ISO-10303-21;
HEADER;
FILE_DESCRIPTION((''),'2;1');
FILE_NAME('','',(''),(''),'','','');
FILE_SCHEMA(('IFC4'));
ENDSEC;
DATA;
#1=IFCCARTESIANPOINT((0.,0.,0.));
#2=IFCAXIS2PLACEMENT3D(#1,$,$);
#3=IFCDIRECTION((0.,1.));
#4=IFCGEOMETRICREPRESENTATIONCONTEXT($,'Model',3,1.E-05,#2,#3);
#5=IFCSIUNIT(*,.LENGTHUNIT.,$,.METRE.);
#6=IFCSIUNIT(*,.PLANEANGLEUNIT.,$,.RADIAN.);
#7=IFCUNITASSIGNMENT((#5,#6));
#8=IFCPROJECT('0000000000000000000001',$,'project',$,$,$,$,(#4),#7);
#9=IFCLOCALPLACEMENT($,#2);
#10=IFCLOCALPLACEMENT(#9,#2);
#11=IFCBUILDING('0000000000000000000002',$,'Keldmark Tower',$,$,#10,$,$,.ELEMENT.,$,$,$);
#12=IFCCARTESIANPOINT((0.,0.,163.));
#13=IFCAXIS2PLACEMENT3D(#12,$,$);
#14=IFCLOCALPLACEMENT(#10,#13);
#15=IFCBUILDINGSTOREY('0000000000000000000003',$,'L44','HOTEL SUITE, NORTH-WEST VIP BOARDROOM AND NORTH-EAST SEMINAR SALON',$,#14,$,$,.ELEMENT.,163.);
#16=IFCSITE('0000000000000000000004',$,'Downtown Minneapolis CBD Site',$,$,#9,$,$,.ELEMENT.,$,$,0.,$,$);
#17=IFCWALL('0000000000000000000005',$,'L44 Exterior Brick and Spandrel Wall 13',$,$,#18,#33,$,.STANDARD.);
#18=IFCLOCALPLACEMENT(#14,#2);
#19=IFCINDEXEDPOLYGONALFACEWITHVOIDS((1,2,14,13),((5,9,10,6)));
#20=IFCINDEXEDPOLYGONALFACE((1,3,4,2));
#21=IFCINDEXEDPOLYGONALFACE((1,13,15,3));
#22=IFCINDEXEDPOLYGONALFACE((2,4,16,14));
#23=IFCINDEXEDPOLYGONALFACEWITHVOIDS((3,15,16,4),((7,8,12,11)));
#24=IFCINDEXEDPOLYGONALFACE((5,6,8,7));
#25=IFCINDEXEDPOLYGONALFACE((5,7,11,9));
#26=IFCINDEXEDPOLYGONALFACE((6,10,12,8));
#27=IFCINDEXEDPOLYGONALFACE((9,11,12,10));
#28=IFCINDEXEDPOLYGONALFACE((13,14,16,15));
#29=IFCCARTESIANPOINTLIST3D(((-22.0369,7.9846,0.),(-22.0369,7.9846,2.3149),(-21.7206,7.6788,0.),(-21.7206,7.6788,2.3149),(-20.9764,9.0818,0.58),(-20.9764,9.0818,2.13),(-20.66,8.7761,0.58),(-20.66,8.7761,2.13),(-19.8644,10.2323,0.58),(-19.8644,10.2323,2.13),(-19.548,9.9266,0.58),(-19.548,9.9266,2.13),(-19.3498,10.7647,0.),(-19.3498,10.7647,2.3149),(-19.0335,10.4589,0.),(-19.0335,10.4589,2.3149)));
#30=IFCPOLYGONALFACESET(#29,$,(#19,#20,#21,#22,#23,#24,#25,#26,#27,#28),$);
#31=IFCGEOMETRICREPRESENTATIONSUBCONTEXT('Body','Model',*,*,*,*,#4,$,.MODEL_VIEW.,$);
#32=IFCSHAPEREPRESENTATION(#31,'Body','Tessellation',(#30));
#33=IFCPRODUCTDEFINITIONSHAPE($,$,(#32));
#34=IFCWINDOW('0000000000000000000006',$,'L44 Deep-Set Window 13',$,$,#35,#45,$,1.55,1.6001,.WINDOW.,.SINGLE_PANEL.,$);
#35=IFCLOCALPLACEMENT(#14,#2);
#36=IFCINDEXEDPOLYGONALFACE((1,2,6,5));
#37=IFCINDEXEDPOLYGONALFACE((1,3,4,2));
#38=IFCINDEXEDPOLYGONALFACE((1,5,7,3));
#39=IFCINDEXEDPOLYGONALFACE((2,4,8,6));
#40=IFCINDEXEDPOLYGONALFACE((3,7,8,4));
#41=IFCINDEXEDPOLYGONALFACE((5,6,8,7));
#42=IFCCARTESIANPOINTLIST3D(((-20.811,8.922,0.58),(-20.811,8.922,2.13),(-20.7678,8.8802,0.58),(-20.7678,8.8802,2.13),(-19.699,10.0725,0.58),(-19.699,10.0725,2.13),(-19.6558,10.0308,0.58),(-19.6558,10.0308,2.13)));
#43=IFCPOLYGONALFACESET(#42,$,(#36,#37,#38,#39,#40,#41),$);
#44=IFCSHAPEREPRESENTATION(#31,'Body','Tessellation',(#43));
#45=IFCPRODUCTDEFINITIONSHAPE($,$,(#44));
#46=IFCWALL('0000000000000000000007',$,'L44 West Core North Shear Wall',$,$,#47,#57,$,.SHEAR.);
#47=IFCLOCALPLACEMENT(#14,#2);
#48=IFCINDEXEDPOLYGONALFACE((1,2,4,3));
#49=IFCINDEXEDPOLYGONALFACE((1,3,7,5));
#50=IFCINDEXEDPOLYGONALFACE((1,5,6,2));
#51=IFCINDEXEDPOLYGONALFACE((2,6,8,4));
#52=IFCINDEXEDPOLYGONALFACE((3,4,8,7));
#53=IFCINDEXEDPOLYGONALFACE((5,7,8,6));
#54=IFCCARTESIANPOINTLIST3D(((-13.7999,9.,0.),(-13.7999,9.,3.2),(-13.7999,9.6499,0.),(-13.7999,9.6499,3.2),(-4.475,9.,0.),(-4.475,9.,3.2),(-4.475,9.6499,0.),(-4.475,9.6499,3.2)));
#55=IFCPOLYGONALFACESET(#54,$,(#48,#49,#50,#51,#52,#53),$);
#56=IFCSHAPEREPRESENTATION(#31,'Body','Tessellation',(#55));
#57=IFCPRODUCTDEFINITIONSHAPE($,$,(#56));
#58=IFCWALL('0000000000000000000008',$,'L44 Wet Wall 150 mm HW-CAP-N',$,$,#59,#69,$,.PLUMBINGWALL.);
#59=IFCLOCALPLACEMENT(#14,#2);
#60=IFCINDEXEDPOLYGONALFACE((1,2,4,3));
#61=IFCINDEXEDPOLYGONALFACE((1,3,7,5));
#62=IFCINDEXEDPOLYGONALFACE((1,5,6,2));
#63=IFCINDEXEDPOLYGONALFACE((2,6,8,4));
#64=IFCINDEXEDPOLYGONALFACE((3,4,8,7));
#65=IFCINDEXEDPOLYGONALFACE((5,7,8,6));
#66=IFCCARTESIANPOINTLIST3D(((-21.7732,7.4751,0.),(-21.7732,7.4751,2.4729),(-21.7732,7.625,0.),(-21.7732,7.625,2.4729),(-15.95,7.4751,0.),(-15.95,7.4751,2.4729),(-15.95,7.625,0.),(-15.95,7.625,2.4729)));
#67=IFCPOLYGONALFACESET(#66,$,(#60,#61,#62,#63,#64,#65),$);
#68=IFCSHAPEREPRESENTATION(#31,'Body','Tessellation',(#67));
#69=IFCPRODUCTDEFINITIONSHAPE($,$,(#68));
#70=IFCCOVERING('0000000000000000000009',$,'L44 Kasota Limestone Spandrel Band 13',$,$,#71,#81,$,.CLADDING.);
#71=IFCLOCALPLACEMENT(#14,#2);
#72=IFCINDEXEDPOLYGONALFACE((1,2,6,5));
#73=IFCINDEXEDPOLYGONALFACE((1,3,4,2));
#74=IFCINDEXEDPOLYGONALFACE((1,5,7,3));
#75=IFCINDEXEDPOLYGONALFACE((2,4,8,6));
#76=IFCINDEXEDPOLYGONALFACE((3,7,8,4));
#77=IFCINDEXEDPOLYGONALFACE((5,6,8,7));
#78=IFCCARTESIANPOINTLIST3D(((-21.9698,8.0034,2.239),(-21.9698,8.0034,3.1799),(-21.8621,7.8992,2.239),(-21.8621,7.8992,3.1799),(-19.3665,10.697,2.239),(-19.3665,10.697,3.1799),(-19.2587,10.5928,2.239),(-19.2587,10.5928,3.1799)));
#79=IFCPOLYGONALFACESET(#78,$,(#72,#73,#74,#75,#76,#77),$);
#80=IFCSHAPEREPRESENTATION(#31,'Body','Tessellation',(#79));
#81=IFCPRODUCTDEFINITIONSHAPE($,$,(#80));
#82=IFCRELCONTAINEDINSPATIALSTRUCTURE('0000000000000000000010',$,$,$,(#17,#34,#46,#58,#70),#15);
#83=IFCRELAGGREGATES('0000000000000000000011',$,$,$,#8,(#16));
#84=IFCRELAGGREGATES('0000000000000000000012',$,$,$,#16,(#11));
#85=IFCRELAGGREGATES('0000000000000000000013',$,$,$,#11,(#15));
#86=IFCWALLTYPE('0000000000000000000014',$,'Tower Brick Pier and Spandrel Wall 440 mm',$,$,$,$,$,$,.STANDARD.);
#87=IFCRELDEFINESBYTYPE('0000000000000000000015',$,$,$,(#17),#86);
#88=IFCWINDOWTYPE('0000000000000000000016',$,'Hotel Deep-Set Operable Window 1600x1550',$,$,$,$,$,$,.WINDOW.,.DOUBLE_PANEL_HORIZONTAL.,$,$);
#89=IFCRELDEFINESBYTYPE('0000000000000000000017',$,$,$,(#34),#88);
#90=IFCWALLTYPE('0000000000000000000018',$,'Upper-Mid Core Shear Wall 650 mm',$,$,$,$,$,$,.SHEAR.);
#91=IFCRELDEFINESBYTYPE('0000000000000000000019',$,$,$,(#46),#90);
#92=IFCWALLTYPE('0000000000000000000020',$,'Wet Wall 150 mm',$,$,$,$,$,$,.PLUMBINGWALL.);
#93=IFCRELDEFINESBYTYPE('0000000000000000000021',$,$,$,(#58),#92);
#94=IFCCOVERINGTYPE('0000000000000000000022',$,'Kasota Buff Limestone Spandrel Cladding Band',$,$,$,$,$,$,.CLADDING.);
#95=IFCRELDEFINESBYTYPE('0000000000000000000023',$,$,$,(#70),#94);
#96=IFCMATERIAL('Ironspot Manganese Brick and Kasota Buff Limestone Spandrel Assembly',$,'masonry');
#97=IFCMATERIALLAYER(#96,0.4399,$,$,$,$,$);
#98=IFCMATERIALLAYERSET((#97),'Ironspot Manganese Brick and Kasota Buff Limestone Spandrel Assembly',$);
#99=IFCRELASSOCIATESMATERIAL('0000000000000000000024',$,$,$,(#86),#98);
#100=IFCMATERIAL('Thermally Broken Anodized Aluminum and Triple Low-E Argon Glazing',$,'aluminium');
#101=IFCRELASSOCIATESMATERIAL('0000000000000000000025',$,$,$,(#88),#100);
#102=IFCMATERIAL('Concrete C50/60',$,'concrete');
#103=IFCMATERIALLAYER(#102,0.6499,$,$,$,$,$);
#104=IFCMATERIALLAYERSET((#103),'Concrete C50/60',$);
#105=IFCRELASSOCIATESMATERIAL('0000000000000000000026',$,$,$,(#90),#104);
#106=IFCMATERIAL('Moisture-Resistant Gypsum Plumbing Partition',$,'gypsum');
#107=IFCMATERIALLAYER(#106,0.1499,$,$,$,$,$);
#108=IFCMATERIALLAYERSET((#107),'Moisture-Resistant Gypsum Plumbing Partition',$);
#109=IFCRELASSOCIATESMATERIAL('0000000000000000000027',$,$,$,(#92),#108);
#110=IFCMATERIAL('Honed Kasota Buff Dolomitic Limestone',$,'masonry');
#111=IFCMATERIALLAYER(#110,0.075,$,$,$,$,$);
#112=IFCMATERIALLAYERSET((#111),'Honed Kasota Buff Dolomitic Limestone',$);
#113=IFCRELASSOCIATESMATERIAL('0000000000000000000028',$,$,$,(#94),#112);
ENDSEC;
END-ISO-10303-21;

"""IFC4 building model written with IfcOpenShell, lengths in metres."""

from ifc_helpers import new_model, si_unit, direction, frame, frame_2d, origin, origin_2d, place, context, subcontext, project, spatial, rectangle, extrude, material, layer, layer_set, type_object, element, fill, save


model = new_model("IFC4")

# Units and contexts
model_context = context("Model", 3, precision=1e-05, world=origin(), true_north=direction((0.0, 1.0)))
body_context = subcontext(model_context, "Body", "Model", "MODEL_VIEW")
ifc_project = project(units=[si_unit("LENGTHUNIT", "METRE"), si_unit("PLANEANGLEUNIT", "RADIAN")], contexts=[model_context])

# Site, building, storey
site_placement = place(None, origin())
site = spatial("IfcSite", under=ifc_project, at=site_placement, Name="Downtown Minneapolis CBD Site", CompositionType="ELEMENT", RefElevation=0.0)
building_placement = place(site_placement, origin())
building = spatial("IfcBuilding", under=site, at=building_placement, Name="Keldmark Tower", CompositionType="ELEMENT")
storey_placement = place(building_placement, frame((0.0, 0.0, 163.0)))
storey = spatial("IfcBuildingStorey", under=building, at=storey_placement, Name="L44", Description="HOTEL SUITE, NORTH-WEST VIP BOARDROOM AND NORTH-EAST SEMINAR SALON", CompositionType="ELEMENT", Elevation=163.0)

# Wall, opening, window
ifc_material_1 = material(Name="Ironspot Manganese Brick and Kasota Buff Limestone Spandrel Assembly", Category="masonry")
ifc_layer_1 = layer(ifc_material_1, 0.4399)
ifc_layer_set_1 = layer_set([ifc_layer_1], Name="Ironspot Manganese Brick and Kasota Buff Limestone Spandrel Assembly")
wall_type_1 = type_object("IfcWallType", Name="Tower Brick Pier and Spandrel Wall 440 mm", PredefinedType="STANDARD", material=ifc_layer_set_1)
ifc_material_2 = material(Name="Thermally Broken Anodized Aluminum and Triple Low-E Argon Glazing", Category="aluminium")
window_type = type_object("IfcWindowType", Name="Hotel Deep-Set Operable Window 1600x1550", PartitioningType="DOUBLE_PANEL_HORIZONTAL", PredefinedType="WINDOW", material=ifc_material_2)
wall_1_placement = place(storey_placement, frame((-21.8787, 7.8318, 0.0), z_axis=(0.0, 0.0, 1.0), x_axis=(0.694975, 0.719034, 0.0)))
wall_1 = element("IfcWall", 1, at=wall_1_placement, inside=storey, type_object=wall_type_1, Name="L44 Exterior Brick and Spandrel Wall 13", PredefinedType="STANDARD", context=body_context, shape_type="SweptSolid", body=[
    extrude(rectangle(XDim=3.8665, YDim=0.4399, at=frame_2d((1.9331, 0.0))), origin(), (0.0, 0.0, 1.0), 2.3149),
])
opening_1_placement = place(wall_1_placement, frame((1.5259, 0.0, 0.5801)))
opening_1 = element("IfcOpeningElement", 2, at=opening_1_placement, cuts=wall_1, PredefinedType="OPENING", context=body_context, shape_type="SweptSolid", body=[
    extrude(rectangle(XDim=1.6001, YDim=1.55, at=frame_2d((0.8, 0.7749))), frame((0.0, 0.23, 0.0), z_axis=(0.0, -1.0, 0.0), x_axis=(1.0, 0.0, 0.0)), (0.0, 0.0, 1.0), 0.46),
])
window_1_placement = place(opening_1_placement, origin())
window_1 = element("IfcWindow", 3, at=window_1_placement, inside=storey, type_object=window_type, Name="L44 Deep-Set Window 13", OverallHeight=1.55, OverallWidth=1.6001, PartitioningType="SINGLE_PANEL", PredefinedType="WINDOW", context=body_context, shape_type="SweptSolid", body=[
    extrude(rectangle(XDim=1.6001, YDim=1.55, at=frame_2d((0.8, 0.7749))), frame((0.0, -0.01, 0.0), z_axis=(0.0, -1.0, 0.0), x_axis=(1.0, 0.0, 0.0)), (0.0, 0.0, 1.0), 0.0601),
])
fill(opening_1, window_1)

# Walls
ifc_material_3 = material(Name="Concrete C50/60", Category="concrete")
ifc_layer_2 = layer(ifc_material_3, 0.6499)
ifc_layer_set_2 = layer_set([ifc_layer_2], Name="Concrete C50/60")
wall_type_2 = type_object("IfcWallType", Name="Upper-Mid Core Shear Wall 650 mm", PredefinedType="SHEAR", material=ifc_layer_set_2)
wall_2_placement = place(storey_placement, frame((-13.8, 9.325, 0.0), z_axis=(0.0, 0.0, 1.0), x_axis=(1.0, 0.0, 0.0)))
element("IfcWall", 4, at=wall_2_placement, inside=storey, type_object=wall_type_2, Name="L44 West Core North Shear Wall", PredefinedType="SHEAR", context=body_context, shape_type="SweptSolid", body=[
    extrude(rectangle(XDim=9.325, YDim=0.6499, at=frame_2d((4.6626, 0.0))), origin(), (0.0, 0.0, 1.0), 3.2),
])
ifc_material_4 = material(Name="Moisture-Resistant Gypsum Plumbing Partition", Category="gypsum")
ifc_layer_3 = layer(ifc_material_4, 0.1499)
ifc_layer_set_3 = layer_set([ifc_layer_3], Name="Moisture-Resistant Gypsum Plumbing Partition")
wall_type_3 = type_object("IfcWallType", Name="Wet Wall 150 mm", PredefinedType="PLUMBINGWALL", material=ifc_layer_set_3)
wall_3_placement = place(storey_placement, frame((-21.7732, 7.55, 0.0), z_axis=(0.0, 0.0, 1.0), x_axis=(1.0, 0.0, 0.0)))
element("IfcWall", 5, at=wall_3_placement, inside=storey, type_object=wall_type_3, Name="L44 Wet Wall 150 mm HW-CAP-N", PredefinedType="PLUMBINGWALL", context=body_context, shape_type="SweptSolid", body=[
    extrude(rectangle(XDim=5.8232, YDim=0.1499, at=frame_2d((2.9116, 0.0))), origin(), (0.0, 0.0, 1.0), 2.4729),
])

# Covering
ifc_material_5 = material(Name="Honed Kasota Buff Dolomitic Limestone", Category="masonry")
ifc_layer_4 = layer(ifc_material_5, 0.075)
ifc_layer_set_4 = layer_set([ifc_layer_4], Name="Honed Kasota Buff Dolomitic Limestone")
covering_type = type_object("IfcCoveringType", Name="Kasota Buff Limestone Spandrel Cladding Band", PredefinedType="CLADDING", material=ifc_layer_set_4)
covering_placement = place(storey_placement, frame((-20.6143, 9.2981, 2.239), z_axis=(0.0, 0.0, 1.0), x_axis=(-0.69496, -0.719049, 0.0)))
element("IfcCovering", 6, at=covering_placement, inside=storey, type_object=covering_type, Name="L44 Kasota Limestone Spandrel Band 13", PredefinedType="CLADDING", context=body_context, shape_type="SweptSolid", body=[
    extrude(rectangle(XDim=3.7461, YDim=0.1499, at=origin_2d()), origin(), (0.0, 0.0, 1.0), 0.9409),
])

save(model, "model.ifc")
